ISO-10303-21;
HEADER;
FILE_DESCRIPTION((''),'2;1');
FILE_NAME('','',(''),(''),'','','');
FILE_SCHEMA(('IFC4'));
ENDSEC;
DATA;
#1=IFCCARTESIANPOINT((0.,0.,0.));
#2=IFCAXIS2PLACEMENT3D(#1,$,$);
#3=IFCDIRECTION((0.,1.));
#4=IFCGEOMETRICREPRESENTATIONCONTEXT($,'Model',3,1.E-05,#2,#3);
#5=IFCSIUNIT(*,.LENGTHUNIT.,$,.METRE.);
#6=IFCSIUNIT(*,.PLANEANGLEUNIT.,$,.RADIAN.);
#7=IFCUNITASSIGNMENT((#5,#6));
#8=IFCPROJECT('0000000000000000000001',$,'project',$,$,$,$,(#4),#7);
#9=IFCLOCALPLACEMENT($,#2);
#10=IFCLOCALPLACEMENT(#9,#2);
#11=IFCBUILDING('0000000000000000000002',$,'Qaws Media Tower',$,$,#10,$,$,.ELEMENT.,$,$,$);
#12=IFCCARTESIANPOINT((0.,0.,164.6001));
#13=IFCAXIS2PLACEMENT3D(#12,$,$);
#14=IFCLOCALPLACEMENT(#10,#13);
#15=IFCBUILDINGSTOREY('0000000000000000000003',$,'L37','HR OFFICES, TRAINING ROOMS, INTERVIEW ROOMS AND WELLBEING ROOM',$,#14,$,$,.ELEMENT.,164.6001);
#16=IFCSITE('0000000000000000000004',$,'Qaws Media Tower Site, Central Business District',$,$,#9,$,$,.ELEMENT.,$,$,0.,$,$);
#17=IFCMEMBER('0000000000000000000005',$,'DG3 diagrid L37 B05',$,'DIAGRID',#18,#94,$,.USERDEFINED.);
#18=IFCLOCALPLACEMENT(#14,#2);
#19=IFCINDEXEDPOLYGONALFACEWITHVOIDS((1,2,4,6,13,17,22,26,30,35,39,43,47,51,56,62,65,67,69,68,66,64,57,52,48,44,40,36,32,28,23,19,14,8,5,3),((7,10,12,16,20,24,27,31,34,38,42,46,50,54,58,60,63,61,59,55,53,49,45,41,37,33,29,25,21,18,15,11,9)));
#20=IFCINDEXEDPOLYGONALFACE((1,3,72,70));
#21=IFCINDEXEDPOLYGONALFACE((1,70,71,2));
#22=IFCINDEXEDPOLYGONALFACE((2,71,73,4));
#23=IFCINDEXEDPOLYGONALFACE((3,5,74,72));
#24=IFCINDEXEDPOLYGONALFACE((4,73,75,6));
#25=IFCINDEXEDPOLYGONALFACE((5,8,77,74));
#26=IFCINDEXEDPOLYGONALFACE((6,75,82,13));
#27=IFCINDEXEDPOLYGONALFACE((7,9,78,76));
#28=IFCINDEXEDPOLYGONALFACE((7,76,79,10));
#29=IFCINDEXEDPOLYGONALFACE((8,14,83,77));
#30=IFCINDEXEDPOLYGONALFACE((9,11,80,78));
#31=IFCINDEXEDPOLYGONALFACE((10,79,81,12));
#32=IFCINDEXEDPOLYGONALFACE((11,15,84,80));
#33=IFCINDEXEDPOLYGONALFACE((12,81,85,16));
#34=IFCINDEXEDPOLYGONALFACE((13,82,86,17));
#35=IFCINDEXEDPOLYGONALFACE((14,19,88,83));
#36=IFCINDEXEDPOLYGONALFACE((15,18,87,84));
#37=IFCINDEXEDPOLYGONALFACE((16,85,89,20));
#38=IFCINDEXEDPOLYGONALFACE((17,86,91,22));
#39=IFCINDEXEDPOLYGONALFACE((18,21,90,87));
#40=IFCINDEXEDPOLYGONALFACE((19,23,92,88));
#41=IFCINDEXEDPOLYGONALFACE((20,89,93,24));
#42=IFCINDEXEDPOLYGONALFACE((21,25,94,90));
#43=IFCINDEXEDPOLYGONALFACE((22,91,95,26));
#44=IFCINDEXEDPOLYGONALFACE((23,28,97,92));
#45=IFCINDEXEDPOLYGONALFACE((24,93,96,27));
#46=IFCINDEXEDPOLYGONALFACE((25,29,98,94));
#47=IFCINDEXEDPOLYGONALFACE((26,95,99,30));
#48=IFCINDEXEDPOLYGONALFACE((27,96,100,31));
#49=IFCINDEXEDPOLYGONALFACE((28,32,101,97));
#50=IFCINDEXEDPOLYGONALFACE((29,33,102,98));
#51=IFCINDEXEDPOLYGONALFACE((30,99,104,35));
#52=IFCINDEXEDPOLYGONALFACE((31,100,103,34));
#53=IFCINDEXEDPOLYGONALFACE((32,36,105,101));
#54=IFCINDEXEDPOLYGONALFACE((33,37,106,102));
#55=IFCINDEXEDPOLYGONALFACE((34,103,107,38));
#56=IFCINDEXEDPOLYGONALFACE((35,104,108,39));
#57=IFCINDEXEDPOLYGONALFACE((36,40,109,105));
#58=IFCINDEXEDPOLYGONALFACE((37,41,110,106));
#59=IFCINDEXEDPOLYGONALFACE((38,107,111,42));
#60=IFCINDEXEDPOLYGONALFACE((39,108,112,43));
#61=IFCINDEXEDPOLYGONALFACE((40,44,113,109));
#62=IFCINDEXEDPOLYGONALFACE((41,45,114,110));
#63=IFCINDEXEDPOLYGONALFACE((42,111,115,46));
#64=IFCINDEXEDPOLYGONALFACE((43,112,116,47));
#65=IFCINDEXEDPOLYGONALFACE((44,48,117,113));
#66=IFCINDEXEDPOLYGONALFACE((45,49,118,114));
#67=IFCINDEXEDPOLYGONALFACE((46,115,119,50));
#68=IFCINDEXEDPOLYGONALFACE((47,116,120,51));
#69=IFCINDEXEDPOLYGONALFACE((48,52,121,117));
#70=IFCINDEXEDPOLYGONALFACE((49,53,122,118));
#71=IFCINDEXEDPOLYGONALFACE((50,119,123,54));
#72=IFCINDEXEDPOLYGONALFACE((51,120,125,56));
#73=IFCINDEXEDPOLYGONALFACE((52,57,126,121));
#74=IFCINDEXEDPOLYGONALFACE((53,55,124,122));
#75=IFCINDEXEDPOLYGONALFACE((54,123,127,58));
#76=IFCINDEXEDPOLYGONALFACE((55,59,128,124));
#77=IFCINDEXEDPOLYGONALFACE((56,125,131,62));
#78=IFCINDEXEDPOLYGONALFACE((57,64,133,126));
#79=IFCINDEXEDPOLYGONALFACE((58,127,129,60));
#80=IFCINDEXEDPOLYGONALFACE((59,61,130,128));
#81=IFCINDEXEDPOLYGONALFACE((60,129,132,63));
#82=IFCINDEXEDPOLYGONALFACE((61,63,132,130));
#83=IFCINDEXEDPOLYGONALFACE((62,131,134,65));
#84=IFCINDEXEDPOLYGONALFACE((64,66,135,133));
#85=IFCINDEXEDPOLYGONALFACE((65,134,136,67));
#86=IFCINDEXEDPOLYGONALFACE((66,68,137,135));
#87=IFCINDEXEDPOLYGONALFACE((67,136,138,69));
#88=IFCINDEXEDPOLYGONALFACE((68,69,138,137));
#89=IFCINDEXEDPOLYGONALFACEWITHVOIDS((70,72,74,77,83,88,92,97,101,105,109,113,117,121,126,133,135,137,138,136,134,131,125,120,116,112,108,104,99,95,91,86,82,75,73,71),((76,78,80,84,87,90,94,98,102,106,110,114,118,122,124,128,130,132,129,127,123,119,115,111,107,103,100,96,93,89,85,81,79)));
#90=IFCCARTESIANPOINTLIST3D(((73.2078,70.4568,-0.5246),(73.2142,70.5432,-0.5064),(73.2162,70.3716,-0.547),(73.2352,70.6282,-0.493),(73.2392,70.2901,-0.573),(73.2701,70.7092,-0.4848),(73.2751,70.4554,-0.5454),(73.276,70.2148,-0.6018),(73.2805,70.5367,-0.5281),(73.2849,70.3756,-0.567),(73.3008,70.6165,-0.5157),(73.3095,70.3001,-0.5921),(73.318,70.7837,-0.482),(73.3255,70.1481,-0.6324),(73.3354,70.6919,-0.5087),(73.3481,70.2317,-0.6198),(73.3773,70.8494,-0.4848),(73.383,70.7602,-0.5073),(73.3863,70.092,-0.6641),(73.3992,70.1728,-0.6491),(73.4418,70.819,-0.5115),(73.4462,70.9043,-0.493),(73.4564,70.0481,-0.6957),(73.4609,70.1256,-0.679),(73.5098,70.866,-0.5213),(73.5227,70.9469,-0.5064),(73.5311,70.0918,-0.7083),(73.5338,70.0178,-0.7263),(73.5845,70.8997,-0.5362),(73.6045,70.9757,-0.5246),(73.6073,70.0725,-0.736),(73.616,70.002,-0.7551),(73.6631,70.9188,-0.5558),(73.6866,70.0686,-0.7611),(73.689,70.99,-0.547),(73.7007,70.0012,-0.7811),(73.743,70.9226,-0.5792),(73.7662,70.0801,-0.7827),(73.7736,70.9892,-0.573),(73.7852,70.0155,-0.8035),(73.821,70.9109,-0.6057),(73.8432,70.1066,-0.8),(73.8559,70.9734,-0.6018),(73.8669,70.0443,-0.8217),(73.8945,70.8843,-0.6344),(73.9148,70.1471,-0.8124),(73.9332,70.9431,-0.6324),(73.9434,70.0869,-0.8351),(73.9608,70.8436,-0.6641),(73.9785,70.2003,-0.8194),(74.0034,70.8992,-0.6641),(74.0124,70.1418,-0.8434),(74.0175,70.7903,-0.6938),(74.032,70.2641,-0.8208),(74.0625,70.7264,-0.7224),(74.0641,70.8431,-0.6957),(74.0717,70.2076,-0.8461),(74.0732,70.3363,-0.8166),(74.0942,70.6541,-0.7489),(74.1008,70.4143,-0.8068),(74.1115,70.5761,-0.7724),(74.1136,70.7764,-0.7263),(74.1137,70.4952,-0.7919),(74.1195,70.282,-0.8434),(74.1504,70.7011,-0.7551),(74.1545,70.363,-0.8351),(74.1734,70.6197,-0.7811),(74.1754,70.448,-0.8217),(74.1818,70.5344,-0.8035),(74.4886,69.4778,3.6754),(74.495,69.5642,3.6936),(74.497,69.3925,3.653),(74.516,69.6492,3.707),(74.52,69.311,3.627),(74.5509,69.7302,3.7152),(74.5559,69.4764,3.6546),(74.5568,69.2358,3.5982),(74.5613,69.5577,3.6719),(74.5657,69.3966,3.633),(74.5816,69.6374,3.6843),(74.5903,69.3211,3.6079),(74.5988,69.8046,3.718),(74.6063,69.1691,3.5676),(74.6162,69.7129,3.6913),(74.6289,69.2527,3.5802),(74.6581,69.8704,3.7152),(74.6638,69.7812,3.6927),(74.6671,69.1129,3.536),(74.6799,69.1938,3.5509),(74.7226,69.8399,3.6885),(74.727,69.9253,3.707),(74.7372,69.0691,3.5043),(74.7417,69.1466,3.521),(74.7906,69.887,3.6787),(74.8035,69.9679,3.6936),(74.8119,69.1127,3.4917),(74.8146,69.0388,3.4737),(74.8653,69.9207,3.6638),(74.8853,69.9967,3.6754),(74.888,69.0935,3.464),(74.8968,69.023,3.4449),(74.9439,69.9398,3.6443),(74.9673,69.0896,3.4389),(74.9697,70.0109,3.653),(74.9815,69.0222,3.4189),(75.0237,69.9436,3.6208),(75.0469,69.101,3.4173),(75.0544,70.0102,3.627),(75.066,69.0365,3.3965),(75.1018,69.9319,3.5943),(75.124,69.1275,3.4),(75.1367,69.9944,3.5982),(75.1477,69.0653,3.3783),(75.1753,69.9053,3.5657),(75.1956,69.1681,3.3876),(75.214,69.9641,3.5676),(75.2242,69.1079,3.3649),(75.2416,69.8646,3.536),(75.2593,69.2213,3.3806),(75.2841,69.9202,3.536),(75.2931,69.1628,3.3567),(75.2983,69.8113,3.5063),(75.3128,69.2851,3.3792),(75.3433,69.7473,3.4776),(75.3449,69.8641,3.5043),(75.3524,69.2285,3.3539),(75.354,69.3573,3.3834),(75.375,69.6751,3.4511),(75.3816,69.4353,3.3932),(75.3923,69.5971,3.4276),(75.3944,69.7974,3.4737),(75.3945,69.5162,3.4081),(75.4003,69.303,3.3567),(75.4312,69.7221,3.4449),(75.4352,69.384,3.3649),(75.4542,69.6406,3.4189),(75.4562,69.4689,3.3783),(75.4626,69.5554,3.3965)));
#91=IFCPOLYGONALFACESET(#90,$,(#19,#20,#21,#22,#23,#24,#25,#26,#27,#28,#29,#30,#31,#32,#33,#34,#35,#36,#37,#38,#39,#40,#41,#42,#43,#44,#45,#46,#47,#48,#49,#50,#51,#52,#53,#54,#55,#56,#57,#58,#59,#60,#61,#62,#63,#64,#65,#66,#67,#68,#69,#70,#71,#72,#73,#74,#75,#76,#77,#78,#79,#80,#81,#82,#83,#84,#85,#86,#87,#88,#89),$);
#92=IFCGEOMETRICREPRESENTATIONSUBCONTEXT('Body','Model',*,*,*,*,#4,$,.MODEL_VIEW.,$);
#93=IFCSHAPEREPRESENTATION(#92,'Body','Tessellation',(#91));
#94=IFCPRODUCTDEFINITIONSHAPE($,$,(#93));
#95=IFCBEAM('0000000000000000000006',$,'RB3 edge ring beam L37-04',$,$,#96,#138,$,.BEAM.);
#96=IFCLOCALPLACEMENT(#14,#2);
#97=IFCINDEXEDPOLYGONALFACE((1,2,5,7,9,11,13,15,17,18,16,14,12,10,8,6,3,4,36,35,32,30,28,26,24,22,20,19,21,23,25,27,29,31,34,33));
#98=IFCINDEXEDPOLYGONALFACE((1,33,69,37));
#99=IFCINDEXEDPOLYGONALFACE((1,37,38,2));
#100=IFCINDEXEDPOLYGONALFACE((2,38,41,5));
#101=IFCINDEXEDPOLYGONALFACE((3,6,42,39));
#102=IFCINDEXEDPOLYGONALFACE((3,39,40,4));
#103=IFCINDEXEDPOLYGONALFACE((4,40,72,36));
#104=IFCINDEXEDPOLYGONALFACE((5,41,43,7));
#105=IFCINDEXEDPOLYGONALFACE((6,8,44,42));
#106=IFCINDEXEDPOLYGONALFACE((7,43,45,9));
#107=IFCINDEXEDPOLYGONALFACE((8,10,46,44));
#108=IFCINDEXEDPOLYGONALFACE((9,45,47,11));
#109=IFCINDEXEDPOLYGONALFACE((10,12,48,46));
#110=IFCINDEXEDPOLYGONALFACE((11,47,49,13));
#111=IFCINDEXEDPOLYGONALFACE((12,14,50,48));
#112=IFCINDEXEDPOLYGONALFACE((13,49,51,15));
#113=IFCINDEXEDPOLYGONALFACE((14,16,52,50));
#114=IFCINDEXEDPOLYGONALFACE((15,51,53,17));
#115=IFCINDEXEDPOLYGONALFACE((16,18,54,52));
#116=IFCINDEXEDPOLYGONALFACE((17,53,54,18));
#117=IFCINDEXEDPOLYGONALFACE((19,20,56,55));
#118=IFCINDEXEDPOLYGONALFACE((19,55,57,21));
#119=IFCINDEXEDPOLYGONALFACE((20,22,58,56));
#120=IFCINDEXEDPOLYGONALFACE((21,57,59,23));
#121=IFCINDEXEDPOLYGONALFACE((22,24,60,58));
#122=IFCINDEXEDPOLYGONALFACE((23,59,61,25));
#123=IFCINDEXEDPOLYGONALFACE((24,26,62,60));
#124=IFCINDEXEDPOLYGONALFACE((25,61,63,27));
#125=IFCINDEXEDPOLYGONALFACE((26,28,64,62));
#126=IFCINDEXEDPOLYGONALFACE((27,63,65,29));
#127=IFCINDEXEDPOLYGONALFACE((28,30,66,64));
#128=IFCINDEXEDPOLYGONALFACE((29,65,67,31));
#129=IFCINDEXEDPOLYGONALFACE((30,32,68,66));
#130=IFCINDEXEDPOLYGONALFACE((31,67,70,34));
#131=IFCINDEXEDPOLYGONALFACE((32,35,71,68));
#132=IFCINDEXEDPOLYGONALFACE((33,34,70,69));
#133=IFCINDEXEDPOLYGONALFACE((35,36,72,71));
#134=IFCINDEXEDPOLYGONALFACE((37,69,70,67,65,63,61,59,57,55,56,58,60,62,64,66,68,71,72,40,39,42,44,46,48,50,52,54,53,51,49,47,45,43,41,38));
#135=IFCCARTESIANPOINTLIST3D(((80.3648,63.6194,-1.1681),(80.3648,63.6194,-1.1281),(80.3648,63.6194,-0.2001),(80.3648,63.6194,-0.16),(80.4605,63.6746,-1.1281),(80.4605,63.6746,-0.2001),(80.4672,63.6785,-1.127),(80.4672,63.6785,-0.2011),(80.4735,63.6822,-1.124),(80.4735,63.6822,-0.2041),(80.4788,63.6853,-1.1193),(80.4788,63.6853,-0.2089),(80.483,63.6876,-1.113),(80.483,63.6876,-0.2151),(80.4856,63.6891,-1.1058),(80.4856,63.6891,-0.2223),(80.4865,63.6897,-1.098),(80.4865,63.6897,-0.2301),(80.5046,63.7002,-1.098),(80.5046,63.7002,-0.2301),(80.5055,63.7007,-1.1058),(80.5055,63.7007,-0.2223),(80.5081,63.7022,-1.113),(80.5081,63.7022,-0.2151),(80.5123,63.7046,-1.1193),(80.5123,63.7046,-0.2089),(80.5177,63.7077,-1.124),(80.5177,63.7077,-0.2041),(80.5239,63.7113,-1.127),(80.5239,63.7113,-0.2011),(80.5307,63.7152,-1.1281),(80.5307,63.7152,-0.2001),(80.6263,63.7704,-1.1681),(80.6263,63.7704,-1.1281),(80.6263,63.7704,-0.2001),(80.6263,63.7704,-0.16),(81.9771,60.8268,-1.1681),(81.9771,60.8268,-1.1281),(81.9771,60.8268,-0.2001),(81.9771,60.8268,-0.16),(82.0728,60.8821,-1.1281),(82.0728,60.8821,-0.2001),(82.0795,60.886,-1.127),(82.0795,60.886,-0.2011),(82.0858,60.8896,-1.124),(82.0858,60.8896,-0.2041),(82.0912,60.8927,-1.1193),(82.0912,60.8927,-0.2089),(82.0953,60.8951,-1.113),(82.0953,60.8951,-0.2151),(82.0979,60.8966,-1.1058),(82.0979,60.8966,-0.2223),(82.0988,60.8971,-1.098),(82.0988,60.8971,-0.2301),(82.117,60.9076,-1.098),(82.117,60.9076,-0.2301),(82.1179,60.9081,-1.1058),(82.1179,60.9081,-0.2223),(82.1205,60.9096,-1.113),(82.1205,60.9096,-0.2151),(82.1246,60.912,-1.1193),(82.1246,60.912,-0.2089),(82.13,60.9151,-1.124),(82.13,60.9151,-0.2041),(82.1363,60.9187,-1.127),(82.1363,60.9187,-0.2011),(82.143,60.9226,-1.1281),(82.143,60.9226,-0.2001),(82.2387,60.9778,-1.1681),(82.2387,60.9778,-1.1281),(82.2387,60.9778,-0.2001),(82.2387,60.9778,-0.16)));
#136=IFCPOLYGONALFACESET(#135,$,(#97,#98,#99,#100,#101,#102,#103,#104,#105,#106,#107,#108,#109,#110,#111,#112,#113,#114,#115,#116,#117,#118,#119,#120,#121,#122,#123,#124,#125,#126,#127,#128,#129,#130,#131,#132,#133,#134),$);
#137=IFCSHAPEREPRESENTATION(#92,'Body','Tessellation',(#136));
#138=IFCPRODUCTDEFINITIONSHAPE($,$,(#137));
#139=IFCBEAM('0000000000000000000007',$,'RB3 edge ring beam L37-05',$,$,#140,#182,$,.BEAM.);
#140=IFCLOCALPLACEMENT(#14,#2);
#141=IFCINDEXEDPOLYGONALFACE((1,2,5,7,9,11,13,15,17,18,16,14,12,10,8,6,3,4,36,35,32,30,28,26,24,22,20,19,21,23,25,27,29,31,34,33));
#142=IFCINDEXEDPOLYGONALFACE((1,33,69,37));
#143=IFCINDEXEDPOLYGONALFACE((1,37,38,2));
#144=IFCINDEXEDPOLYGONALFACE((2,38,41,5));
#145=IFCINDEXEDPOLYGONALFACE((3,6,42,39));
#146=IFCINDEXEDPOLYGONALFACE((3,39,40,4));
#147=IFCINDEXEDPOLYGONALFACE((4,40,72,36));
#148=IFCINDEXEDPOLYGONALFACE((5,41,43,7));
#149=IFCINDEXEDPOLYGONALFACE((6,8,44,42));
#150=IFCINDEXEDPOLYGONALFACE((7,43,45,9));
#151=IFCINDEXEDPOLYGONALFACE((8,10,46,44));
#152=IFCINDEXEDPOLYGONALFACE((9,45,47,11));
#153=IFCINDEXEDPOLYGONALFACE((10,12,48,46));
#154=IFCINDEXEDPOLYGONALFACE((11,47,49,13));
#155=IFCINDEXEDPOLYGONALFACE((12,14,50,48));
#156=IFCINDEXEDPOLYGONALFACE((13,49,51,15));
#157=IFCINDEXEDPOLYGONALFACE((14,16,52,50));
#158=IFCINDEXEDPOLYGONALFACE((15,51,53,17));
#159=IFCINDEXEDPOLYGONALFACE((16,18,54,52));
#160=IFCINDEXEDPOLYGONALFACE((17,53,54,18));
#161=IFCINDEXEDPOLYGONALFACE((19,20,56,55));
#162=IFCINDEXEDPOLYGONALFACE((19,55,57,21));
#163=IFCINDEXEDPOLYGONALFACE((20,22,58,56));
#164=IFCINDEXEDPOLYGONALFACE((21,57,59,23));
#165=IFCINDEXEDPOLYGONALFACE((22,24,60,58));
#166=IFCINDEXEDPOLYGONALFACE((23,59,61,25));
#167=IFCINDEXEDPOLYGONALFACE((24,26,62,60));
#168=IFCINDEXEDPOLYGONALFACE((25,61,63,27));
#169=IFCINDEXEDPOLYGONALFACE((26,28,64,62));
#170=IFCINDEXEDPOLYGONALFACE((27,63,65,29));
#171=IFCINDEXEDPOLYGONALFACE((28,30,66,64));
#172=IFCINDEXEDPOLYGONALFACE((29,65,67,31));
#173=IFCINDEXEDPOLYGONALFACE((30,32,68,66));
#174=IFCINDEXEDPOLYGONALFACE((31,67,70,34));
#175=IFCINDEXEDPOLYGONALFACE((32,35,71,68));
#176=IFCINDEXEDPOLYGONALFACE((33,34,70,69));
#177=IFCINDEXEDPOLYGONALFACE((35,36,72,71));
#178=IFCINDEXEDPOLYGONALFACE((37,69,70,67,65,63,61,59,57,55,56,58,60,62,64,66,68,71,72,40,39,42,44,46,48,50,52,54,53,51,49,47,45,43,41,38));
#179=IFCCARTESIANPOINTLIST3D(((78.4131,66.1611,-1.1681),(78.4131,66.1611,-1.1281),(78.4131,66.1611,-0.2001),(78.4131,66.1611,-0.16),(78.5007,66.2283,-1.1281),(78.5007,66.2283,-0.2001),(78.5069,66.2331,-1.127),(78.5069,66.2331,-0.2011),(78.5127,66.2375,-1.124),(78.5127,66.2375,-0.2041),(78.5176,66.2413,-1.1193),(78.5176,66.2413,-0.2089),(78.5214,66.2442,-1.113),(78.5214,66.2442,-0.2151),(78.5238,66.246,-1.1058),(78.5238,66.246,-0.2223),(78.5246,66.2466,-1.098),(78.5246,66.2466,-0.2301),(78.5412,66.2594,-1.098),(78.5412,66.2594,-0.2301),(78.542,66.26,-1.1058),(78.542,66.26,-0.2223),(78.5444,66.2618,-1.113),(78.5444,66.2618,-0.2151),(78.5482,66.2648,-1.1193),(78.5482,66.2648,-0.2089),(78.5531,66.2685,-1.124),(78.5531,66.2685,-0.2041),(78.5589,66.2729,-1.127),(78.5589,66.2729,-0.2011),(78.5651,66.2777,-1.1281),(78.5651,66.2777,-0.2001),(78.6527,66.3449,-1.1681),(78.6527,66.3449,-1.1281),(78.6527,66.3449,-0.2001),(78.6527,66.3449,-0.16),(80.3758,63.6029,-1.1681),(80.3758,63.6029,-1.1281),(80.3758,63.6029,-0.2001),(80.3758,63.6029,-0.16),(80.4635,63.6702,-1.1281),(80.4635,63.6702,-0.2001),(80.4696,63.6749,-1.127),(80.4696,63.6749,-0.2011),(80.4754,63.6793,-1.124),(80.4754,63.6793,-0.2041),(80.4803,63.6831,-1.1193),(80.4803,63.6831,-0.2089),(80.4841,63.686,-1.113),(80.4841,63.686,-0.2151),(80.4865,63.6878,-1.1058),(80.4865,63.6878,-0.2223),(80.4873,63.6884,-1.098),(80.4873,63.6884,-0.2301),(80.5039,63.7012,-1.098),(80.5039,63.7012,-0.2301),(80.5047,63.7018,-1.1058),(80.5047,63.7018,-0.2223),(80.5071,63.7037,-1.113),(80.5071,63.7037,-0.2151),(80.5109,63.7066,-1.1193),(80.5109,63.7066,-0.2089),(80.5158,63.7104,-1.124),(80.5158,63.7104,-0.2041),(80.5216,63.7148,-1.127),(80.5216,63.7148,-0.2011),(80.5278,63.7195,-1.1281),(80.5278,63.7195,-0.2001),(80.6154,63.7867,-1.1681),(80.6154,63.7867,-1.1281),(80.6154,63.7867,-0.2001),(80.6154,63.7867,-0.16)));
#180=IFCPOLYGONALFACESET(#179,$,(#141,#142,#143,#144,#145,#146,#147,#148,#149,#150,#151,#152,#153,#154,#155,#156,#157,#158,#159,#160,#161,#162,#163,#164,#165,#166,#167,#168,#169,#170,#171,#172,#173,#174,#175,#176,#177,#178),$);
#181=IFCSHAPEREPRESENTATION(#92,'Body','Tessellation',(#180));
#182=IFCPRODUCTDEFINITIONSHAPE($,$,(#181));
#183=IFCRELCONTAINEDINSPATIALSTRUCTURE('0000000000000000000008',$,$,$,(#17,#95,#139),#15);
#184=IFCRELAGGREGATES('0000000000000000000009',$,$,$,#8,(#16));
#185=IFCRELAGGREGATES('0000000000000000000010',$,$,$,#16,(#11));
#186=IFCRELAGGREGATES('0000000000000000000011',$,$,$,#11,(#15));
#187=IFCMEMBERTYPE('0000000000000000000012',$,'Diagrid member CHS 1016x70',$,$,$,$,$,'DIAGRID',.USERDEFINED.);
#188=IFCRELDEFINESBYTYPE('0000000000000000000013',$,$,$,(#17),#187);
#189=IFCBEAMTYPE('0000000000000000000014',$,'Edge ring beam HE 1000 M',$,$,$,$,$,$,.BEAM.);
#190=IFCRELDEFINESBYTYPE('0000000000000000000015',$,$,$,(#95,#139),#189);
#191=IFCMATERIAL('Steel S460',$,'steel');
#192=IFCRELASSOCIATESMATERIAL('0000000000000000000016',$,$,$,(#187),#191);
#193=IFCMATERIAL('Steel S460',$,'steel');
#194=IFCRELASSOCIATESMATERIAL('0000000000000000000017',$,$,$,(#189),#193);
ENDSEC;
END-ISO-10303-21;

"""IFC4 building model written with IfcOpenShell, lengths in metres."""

from ifc_helpers import new_model, si_unit, direction, frame, origin, origin_2d, place, context, subcontext, project, spatial, hollow_circle, i_section, extrude, material, material_profile, profile_set, type_object, element, save


model = new_model("IFC4")

# Units and contexts
model_context = context("Model", 3, precision=1e-05, world=origin(), true_north=direction((0.0, 1.0)))
body_context = subcontext(model_context, "Body", "Model", "MODEL_VIEW")
ifc_project = project(units=[si_unit("LENGTHUNIT", "METRE"), si_unit("PLANEANGLEUNIT", "RADIAN")], contexts=[model_context])

# Site, building, storey
site_placement = place(None, origin())
site = spatial("IfcSite", under=ifc_project, at=site_placement, Name="Qaws Media Tower Site, Central Business District", CompositionType="ELEMENT", RefElevation=0.0)
building_placement = place(site_placement, origin())
building = spatial("IfcBuilding", under=site, at=building_placement, Name="Qaws Media Tower", CompositionType="ELEMENT")
storey_placement = place(building_placement, frame((0.0, 0.0, 164.6001)))
storey = spatial("IfcBuildingStorey", under=building, at=storey_placement, Name="L37", Description="HR OFFICES, TRAINING ROOMS, INTERVIEW ROOMS AND WELLBEING ROOM", CompositionType="ELEMENT", Elevation=164.6001)

# Member
ifc_material_1 = material(Name="Steel S460", Category="steel")
ifc_material_profile_1 = material_profile(ifc_material_1, hollow_circle(Radius=0.5081, WallThickness=0.0701, at=origin_2d()), Name="CHS 1016x70")
ifc_profile_set_1 = profile_set([ifc_material_profile_1], Name="Steel S460")
member_type_1 = type_object("IfcMemberType", Name="Diagrid member CHS 1016x70", ElementType="DIAGRID", PredefinedType="USERDEFINED", material=ifc_profile_set_1)
for number, where, z_axis, x_axis, name in (
    (1, (73.6948, 70.4956, -0.6641), (0.284695, -0.217619, 0.93359), (0.607293, 0.794478, 0.0), "DG3 diagrid L37 B05"),
):
    element("IfcMember", number, at=place(storey_placement, frame(where, z_axis=z_axis, x_axis=x_axis)), inside=storey, type_object=member_type_1, Name=name, ObjectType="DIAGRID", PredefinedType="USERDEFINED", context=body_context, shape_type="SweptSolid", body=[
        extrude(hollow_circle(Radius=0.5081, WallThickness=0.0701, at=origin_2d()), origin(), (0.0, 0.0, 1.0), 4.4988),
    ])

# Beams
ifc_material_2 = material(Name="Steel S460", Category="steel")
ifc_material_profile_2 = material_profile(ifc_material_2, i_section(OverallWidth=0.302, OverallDepth=1.0081, WebThickness=0.021, FlangeThickness=0.04, FilletRadius=0.03, at=origin_2d()), Name="HE 1000 M")
ifc_profile_set_2 = profile_set([ifc_material_profile_2], Name="Steel S460")
beam_type = type_object("IfcBeamType", Name="Edge ring beam HE 1000 M", PredefinedType="BEAM", material=ifc_profile_set_2)
beam_1_placement = place(storey_placement, frame((82.1079, 60.9023, -0.6641), z_axis=(-0.500015, 0.866017, 0.0), x_axis=(-0.866017, -0.500015, 0.0)))
element("IfcBeam", 2, at=beam_1_placement, inside=storey, type_object=beam_type, Name="RB3 edge ring beam L37-04", PredefinedType="BEAM", context=body_context, shape_type="SweptSolid", body=[
    extrude(i_section(OverallWidth=0.302, OverallDepth=1.0081, WebThickness=0.021, FlangeThickness=0.04, FilletRadius=0.03, at=origin_2d()), origin(), (0.0, 0.0, 1.0), 3.2246),
])
for number, where, z_axis, x_axis, name in (
    (3, (80.4956, 63.6948, -0.6641), (-0.608711, 0.793392, 0.0), (-0.793392, -0.608711, 0.0), "RB3 edge ring beam L37-05"),
):
    element("IfcBeam", number, at=place(storey_placement, frame(where, z_axis=z_axis, x_axis=x_axis)), inside=storey, type_object=beam_type, Name=name, PredefinedType="BEAM", context=body_context, shape_type="SweptSolid", body=[
        extrude(i_section(OverallWidth=0.302, OverallDepth=1.0081, WebThickness=0.021, FlangeThickness=0.04, FilletRadius=0.03, at=origin_2d()), origin(), (0.0, 0.0, 1.0), 3.2244),
    ])

save(model, "model.ifc")
